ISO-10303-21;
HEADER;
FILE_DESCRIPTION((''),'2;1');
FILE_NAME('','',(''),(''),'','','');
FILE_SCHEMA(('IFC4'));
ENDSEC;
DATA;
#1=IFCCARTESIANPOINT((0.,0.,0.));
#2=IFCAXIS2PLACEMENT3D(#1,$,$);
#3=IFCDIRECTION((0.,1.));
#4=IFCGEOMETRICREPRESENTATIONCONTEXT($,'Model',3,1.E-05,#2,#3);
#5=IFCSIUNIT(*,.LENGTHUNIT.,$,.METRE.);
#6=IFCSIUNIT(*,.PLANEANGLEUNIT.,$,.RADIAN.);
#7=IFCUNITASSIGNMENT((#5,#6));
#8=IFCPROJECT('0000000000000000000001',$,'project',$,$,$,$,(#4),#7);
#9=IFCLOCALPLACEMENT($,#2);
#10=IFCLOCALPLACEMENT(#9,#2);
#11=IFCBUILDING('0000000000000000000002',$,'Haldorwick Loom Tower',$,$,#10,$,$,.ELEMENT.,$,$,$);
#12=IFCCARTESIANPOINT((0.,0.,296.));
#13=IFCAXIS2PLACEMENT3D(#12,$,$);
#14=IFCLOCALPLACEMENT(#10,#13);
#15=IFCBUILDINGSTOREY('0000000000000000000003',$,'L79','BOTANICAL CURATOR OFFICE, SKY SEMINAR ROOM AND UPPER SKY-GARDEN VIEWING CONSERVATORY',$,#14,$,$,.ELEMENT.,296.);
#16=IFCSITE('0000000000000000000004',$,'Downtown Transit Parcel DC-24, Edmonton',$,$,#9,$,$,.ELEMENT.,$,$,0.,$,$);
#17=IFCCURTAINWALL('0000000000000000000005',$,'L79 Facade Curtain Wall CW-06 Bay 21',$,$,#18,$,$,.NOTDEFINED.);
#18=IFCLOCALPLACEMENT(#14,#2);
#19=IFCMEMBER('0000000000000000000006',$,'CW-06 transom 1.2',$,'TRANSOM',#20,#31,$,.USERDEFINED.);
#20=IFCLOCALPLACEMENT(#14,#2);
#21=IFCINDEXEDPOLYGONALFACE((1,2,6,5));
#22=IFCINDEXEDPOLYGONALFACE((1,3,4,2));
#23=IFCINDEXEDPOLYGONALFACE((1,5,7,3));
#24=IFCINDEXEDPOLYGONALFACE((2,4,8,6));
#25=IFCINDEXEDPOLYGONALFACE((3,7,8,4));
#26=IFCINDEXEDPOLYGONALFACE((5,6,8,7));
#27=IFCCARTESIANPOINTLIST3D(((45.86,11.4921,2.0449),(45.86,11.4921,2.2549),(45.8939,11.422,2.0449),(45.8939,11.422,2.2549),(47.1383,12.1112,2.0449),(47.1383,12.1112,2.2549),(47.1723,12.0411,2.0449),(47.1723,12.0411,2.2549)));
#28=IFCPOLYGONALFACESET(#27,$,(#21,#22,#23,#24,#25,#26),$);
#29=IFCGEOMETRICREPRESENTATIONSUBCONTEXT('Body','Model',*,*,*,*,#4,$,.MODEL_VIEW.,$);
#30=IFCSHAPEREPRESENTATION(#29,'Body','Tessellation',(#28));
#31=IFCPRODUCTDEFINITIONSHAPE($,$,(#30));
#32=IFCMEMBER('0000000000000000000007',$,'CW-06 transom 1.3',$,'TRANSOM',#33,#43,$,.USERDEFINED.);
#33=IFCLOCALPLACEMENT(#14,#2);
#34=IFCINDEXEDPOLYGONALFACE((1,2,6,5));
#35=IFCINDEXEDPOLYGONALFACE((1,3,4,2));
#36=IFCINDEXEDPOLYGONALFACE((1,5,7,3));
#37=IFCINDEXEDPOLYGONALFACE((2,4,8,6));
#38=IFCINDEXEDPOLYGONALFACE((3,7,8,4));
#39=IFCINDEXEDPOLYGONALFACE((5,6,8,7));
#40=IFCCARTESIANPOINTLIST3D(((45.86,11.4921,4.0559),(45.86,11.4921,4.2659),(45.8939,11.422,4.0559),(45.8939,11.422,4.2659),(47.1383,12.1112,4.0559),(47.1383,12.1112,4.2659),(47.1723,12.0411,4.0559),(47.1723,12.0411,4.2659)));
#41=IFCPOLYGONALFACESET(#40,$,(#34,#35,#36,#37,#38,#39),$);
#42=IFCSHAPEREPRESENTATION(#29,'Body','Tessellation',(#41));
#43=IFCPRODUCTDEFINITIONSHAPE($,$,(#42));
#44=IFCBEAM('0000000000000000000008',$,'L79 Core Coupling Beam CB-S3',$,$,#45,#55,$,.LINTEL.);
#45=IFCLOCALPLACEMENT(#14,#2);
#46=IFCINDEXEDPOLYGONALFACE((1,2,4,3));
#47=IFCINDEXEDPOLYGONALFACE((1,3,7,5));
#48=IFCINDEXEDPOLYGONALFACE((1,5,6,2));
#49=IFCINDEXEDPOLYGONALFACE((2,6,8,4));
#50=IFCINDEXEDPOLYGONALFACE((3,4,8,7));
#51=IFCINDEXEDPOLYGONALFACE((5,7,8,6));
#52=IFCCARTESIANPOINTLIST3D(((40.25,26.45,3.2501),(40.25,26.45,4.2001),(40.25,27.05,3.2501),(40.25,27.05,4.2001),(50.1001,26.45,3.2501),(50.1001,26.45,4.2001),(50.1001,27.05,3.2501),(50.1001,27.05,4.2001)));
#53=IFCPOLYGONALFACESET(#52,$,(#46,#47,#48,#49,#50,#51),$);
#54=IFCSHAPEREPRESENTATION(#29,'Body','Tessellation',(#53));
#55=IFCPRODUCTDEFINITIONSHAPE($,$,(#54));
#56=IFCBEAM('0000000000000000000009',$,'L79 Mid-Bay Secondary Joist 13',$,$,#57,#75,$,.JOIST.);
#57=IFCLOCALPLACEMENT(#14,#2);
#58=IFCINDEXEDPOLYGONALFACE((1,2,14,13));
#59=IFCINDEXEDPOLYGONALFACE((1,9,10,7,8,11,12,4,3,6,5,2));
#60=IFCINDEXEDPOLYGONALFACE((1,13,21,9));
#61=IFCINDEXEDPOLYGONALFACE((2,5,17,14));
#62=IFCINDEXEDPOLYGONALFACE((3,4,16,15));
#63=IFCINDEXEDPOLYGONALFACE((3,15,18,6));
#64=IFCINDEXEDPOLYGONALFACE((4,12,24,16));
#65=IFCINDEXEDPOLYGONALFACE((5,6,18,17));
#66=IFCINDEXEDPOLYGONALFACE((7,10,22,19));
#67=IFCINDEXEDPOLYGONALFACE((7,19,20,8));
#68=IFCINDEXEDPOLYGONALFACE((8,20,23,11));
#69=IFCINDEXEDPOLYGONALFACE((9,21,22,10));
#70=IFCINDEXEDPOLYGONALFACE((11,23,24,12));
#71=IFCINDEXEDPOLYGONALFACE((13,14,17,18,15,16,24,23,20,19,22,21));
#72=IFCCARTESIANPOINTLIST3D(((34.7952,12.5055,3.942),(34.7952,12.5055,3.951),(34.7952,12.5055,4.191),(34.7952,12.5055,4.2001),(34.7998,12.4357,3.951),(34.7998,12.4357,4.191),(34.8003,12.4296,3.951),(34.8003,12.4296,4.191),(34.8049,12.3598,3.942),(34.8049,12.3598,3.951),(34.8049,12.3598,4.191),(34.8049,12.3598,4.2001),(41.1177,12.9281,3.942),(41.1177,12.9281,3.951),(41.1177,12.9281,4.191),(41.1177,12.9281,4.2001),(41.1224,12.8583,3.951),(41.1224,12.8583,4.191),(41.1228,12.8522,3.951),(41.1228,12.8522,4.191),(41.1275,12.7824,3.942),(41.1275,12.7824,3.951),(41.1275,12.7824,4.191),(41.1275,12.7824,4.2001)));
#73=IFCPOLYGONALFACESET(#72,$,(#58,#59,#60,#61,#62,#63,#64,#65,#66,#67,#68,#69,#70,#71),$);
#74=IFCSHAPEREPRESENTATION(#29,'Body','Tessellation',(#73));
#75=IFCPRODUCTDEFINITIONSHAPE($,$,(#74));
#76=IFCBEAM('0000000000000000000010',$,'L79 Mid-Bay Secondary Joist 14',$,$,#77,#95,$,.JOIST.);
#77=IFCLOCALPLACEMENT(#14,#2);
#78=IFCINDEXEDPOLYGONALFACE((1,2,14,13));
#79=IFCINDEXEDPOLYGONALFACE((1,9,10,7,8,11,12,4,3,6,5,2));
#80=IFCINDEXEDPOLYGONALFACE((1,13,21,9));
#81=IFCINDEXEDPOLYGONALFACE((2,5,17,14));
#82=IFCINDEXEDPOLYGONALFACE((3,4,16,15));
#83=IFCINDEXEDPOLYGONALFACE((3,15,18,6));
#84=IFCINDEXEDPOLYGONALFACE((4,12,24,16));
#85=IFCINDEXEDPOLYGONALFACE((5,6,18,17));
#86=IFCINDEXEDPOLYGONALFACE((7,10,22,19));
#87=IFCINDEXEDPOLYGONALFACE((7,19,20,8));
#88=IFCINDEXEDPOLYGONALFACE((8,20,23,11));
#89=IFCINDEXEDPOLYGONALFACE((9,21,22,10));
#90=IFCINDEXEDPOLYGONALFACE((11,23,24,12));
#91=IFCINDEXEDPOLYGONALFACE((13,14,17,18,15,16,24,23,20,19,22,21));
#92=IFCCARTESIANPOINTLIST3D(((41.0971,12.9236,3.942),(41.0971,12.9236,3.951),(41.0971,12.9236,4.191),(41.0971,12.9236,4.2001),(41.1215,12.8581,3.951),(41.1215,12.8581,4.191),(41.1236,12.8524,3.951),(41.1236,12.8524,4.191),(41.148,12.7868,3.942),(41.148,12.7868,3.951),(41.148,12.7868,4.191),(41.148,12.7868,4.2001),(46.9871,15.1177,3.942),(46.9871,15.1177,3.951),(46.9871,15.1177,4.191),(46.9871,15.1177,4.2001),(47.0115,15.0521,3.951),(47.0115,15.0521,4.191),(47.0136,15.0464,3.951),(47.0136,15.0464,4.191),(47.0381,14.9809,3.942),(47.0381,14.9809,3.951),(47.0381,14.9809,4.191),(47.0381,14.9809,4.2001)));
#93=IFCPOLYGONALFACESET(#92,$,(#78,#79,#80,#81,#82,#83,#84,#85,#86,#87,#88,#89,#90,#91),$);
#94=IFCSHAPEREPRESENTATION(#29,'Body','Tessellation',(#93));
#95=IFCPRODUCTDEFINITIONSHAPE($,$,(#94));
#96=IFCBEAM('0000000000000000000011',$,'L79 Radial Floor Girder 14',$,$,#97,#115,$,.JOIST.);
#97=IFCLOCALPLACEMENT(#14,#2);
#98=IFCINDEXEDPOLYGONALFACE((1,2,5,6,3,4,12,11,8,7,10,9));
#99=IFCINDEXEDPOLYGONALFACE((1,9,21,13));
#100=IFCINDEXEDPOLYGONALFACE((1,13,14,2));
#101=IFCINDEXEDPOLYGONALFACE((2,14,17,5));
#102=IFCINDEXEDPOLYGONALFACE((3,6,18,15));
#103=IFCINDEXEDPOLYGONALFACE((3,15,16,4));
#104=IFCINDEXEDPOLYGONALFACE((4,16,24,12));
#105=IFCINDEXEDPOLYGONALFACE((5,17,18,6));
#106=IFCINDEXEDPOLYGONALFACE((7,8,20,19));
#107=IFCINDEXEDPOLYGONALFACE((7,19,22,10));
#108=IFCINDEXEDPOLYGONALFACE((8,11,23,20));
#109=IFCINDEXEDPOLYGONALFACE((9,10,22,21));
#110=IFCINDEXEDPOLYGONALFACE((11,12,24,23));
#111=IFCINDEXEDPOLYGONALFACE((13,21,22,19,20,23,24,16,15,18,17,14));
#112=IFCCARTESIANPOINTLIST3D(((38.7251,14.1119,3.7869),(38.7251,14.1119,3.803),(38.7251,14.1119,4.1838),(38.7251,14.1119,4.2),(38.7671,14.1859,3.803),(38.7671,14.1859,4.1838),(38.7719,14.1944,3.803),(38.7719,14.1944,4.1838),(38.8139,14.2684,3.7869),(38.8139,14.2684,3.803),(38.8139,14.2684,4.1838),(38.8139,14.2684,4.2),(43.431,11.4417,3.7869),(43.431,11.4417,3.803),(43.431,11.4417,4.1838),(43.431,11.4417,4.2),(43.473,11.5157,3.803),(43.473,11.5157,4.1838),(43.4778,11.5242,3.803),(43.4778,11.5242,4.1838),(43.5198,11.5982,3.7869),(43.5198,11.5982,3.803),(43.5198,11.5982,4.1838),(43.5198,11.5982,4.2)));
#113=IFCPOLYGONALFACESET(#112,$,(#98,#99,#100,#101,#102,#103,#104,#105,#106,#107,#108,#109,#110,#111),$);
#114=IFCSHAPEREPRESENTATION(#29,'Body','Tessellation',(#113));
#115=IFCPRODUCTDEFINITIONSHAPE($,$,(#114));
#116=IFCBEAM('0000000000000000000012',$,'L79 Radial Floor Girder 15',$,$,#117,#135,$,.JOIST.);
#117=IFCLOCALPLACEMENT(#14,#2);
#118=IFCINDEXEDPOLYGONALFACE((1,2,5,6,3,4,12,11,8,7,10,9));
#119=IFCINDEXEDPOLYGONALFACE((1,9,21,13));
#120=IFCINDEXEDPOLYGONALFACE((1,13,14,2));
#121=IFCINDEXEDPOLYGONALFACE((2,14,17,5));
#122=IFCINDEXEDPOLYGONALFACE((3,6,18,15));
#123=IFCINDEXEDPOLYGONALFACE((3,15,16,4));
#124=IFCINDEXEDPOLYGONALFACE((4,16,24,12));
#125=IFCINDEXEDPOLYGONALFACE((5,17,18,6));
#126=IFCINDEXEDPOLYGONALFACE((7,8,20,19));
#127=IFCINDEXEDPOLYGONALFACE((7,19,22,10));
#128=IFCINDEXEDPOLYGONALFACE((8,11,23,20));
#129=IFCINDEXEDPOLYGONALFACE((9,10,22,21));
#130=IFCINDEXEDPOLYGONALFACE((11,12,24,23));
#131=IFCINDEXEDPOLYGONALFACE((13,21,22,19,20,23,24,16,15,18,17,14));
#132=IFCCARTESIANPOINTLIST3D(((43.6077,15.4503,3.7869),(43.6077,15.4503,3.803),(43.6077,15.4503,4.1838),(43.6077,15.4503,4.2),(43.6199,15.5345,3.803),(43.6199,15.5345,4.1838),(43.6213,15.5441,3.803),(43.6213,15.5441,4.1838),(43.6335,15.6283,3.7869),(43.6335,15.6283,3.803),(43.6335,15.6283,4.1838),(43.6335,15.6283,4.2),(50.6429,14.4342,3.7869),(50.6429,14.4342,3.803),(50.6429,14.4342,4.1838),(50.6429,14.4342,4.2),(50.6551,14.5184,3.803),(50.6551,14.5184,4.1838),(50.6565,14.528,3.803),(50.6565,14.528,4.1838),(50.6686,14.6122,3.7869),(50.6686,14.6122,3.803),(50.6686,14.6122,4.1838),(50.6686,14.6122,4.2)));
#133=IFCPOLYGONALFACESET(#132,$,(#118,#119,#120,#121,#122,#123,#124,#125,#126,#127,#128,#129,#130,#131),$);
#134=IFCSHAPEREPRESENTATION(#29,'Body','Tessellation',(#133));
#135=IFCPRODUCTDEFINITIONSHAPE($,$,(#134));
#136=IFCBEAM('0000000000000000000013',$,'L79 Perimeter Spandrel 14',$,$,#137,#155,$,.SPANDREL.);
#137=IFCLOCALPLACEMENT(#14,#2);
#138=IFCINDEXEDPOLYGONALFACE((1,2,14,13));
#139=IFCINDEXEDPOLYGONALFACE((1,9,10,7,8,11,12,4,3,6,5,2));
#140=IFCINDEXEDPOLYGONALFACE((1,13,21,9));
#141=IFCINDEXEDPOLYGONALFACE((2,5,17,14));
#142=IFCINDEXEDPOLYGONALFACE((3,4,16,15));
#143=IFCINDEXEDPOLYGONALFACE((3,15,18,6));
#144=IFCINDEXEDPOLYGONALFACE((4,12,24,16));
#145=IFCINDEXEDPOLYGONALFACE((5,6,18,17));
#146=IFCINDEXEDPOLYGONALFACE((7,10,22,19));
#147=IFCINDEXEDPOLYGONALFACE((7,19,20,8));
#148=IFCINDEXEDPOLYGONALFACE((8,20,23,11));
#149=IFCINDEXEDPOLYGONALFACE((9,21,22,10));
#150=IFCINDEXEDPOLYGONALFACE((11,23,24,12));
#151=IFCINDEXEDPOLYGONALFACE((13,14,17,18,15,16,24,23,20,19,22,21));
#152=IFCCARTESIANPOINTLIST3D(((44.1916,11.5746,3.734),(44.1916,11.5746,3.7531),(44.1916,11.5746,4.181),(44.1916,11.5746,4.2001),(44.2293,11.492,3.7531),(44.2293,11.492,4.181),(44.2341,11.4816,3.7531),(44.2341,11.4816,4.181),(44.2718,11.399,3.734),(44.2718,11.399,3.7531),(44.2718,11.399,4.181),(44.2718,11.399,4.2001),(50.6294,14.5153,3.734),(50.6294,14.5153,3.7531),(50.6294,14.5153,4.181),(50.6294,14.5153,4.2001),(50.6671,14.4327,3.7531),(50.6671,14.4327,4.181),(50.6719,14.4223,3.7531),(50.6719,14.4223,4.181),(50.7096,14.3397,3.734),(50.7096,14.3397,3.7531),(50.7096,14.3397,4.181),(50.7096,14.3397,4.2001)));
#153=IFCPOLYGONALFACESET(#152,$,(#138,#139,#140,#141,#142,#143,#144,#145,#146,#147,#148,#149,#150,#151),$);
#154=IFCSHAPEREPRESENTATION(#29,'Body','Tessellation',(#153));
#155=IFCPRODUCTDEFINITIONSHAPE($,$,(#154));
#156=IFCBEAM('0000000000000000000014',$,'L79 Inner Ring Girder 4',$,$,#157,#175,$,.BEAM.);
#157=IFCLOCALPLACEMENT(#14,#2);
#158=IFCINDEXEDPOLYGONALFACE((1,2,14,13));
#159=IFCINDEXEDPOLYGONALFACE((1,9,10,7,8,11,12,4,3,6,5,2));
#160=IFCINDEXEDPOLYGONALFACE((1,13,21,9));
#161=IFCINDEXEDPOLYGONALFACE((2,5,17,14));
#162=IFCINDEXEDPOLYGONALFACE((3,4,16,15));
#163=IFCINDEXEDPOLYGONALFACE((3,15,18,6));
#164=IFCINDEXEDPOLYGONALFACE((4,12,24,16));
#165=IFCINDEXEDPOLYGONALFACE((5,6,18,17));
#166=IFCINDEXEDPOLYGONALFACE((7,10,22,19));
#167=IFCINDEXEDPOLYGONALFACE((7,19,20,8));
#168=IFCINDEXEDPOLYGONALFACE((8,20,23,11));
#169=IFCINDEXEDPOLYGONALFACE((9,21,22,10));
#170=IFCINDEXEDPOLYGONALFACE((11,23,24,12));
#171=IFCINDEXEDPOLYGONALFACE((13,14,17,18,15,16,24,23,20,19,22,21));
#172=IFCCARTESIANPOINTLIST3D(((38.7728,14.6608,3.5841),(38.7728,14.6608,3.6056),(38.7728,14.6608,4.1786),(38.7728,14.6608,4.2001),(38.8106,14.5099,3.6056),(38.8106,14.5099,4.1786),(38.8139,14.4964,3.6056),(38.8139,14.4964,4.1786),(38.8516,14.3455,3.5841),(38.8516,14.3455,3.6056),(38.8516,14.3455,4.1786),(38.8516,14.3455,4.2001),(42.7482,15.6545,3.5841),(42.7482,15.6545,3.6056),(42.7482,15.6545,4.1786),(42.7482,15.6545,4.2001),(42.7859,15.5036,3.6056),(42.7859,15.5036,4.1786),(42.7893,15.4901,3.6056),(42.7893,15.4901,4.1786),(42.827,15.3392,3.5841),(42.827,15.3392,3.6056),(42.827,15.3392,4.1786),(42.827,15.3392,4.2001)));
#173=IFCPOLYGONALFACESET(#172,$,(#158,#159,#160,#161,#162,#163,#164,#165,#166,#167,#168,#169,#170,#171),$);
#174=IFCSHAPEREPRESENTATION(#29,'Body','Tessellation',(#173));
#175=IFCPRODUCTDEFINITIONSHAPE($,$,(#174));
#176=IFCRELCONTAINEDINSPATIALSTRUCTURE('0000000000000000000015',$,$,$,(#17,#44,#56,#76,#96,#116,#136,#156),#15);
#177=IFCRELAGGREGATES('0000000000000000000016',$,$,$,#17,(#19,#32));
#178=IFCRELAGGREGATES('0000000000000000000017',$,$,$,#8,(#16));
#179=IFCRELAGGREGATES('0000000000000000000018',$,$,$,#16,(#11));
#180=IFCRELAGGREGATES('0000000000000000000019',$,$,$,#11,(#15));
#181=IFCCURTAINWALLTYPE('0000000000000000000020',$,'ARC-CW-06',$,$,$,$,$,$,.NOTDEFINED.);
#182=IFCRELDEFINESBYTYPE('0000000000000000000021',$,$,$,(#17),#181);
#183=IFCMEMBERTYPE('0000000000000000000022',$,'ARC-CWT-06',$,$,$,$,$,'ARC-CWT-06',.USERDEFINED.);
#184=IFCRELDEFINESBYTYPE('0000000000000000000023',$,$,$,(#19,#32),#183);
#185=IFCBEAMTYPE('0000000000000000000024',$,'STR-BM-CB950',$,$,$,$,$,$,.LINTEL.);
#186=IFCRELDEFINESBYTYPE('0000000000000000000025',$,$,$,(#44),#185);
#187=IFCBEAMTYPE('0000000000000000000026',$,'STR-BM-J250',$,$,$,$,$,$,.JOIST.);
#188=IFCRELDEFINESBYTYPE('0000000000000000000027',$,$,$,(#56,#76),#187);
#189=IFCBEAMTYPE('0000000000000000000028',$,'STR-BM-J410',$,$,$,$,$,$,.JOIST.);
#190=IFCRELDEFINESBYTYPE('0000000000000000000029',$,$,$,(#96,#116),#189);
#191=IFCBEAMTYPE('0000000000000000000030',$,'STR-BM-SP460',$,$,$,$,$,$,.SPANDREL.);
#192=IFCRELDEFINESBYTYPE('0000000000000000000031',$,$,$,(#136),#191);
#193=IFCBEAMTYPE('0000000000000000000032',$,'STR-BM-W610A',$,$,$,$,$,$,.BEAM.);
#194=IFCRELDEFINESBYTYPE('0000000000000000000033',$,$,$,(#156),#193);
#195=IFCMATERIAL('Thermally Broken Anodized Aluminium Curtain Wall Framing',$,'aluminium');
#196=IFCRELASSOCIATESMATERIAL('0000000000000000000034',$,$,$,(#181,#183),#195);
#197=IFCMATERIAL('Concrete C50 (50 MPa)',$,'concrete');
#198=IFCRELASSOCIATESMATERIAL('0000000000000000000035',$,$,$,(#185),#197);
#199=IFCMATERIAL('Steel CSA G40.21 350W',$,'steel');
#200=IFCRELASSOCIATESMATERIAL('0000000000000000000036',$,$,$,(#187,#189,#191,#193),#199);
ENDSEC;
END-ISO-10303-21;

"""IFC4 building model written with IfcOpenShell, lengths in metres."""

from ifc_helpers import new_model, si_unit, direction, frame, origin, origin_2d, place, context, subcontext, project, spatial, rectangle, i_section, extrude, material, material_profile, profile_set, type_object, element, aggregate, save


model = new_model("IFC4")

# Units and contexts
model_context = context("Model", 3, precision=1e-05, world=origin(), true_north=direction((0.0, 1.0)))
body_context = subcontext(model_context, "Body", "Model", "MODEL_VIEW")
ifc_project = project(units=[si_unit("LENGTHUNIT", "METRE"), si_unit("PLANEANGLEUNIT", "RADIAN")], contexts=[model_context])

# Site, building, storey
site_placement = place(None, origin())
site = spatial("IfcSite", under=ifc_project, at=site_placement, Name="Downtown Transit Parcel DC-24, Edmonton", CompositionType="ELEMENT", RefElevation=0.0)
building_placement = place(site_placement, origin())
building = spatial("IfcBuilding", under=site, at=building_placement, Name="Haldorwick Loom Tower", CompositionType="ELEMENT")
storey_placement = place(building_placement, frame((0.0, 0.0, 296.0)))
storey = spatial("IfcBuildingStorey", under=building, at=storey_placement, Name="L79", Description="BOTANICAL CURATOR OFFICE, SKY SEMINAR ROOM AND UPPER SKY-GARDEN VIEWING CONSERVATORY", CompositionType="ELEMENT", Elevation=296.0)

# Shared definitions
ifc_material_1 = material(Name="Concrete C50 (50 MPa)", Category="concrete")
ifc_material_2 = material(Name="Steel CSA G40.21 350W", Category="steel")

# Curtain wall, members
ifc_material_3 = material(Name="Thermally Broken Anodized Aluminium Curtain Wall Framing", Category="aluminium")
curtain_wall_type = type_object("IfcCurtainWallType", Name="ARC-CW-06", PredefinedType="NOTDEFINED", material=ifc_material_3)
curtain_wall_placement = place(storey_placement, origin())
curtain_wall = element("IfcCurtainWall", 1, at=curtain_wall_placement, inside=storey, type_object=curtain_wall_type, Name="L79 Facade Curtain Wall CW-06 Bay 21", PredefinedType="NOTDEFINED")
ifc_material_profile_1 = material_profile(ifc_material_3, rectangle(XDim=0.0779, YDim=0.21, at=origin_2d()), Name="ALU_TRN_78X210", Category="aluminium")
ifc_profile_set_1 = profile_set([ifc_material_profile_1], Name="Thermally Broken Anodized Aluminium Curtain Wall Framing")
member_type = type_object("IfcMemberType", Name="ARC-CWT-06", ElementType="ARC-CWT-06", PredefinedType="USERDEFINED", material=ifc_profile_set_1)
member_1_placement = place(storey_placement, frame((45.877, 11.457, 2.1499), z_axis=(0.899994, 0.435902, 0.0), x_axis=(-0.435902, 0.899994, 0.0)))
member_1 = element("IfcMember", 2, at=member_1_placement, type_object=member_type, Name="CW-06 transom 1.2", ObjectType="TRANSOM", PredefinedType="USERDEFINED", context=body_context, shape_type="SweptSolid", body=[
    extrude(rectangle(XDim=0.0779, YDim=0.21, at=origin_2d()), origin(), (0.0, 0.0, 1.0), 1.4204),
])
member_2_placement = place(storey_placement, frame((45.877, 11.457, 4.1609), z_axis=(0.899994, 0.435902, 0.0), x_axis=(-0.435902, 0.899994, 0.0)))
member_2 = element("IfcMember", 3, at=member_2_placement, type_object=member_type, Name="CW-06 transom 1.3", ObjectType="TRANSOM", PredefinedType="USERDEFINED", context=body_context, shape_type="SweptSolid", body=[
    extrude(rectangle(XDim=0.0779, YDim=0.21, at=origin_2d()), origin(), (0.0, 0.0, 1.0), 1.4204),
])

# Beams
ifc_material_profile_2 = material_profile(ifc_material_1, rectangle(XDim=0.6001, YDim=0.95, at=origin_2d()), Name="RC600X950", Category="concrete")
ifc_profile_set_2 = profile_set([ifc_material_profile_2], Name="Concrete C50 (50 MPa)")
beam_type_1 = type_object("IfcBeamType", Name="STR-BM-CB950", PredefinedType="LINTEL", material=ifc_profile_set_2)
beam_1_placement = place(storey_placement, frame((40.25, 26.75, 3.7251), z_axis=(1.0, 0.0, 0.0), x_axis=(0.0, 1.0, 0.0)))
element("IfcBeam", 4, at=beam_1_placement, inside=storey, type_object=beam_type_1, Name="L79 Core Coupling Beam CB-S3", PredefinedType="LINTEL", context=body_context, shape_type="SweptSolid", body=[
    extrude(rectangle(XDim=0.6001, YDim=0.95, at=origin_2d()), origin(), (0.0, 0.0, 1.0), 9.8501),
])
ifc_material_profile_3 = material_profile(ifc_material_2, i_section(OverallWidth=0.146, OverallDepth=0.2581, WebThickness=0.0061, FlangeThickness=0.009, at=origin_2d()), Name="W250X33", Category="steel")
ifc_profile_set_3 = profile_set([ifc_material_profile_3], Name="Steel CSA G40.21 350W")
beam_type_2 = type_object("IfcBeamType", Name="STR-BM-J250", PredefinedType="JOIST", material=ifc_profile_set_3)
beam_2_placement = place(storey_placement, frame((34.8, 12.4326, 4.071), z_axis=(0.997774, 0.066693, 0.0), x_axis=(-0.066693, 0.997774, 0.0)))
element("IfcBeam", 5, at=beam_2_placement, inside=storey, type_object=beam_type_2, Name="L79 Mid-Bay Secondary Joist 13", PredefinedType="JOIST", context=body_context, shape_type="SweptSolid", body=[
    extrude(i_section(OverallWidth=0.146, OverallDepth=0.2581, WebThickness=0.0061, FlangeThickness=0.009, at=origin_2d()), origin(), (0.0, 0.0, 1.0), 6.3367),
])
beam_3_placement = place(storey_placement, frame((41.1226, 12.8552, 4.071), z_axis=(0.937096, 0.349071, 0.0), x_axis=(-0.349071, 0.937096, 0.0)))
element("IfcBeam", 6, at=beam_3_placement, inside=storey, type_object=beam_type_2, Name="L79 Mid-Bay Secondary Joist 14", PredefinedType="JOIST", context=body_context, shape_type="SweptSolid", body=[
    extrude(i_section(OverallWidth=0.146, OverallDepth=0.2581, WebThickness=0.0061, FlangeThickness=0.009, at=origin_2d()), origin(), (0.0, 0.0, 1.0), 6.2854),
])
ifc_material_profile_4 = material_profile(ifc_material_2, i_section(OverallWidth=0.1799, OverallDepth=0.4131, WebThickness=0.0098, FlangeThickness=0.0161, at=origin_2d()), Name="W410X74", Category="steel")
ifc_profile_set_4 = profile_set([ifc_material_profile_4], Name="Steel CSA G40.21 350W")
beam_type_3 = type_object("IfcBeamType", Name="STR-BM-J410", PredefinedType="JOIST", material=ifc_profile_set_4)
beam_4_placement = place(storey_placement, frame((38.7695, 14.1902, 3.9934), z_axis=(0.869741, -0.493508, 0.0), x_axis=(0.493508, 0.869741, 0.0)))
element("IfcBeam", 7, at=beam_4_placement, inside=storey, type_object=beam_type_3, Name="L79 Radial Floor Girder 14", PredefinedType="JOIST", context=body_context, shape_type="SweptSolid", body=[
    extrude(i_section(OverallWidth=0.1799, OverallDepth=0.4131, WebThickness=0.0098, FlangeThickness=0.0161, at=origin_2d()), origin(), (0.0, 0.0, 1.0), 5.4106),
])
beam_5_placement = place(storey_placement, frame((43.6206, 15.5393, 3.9934), z_axis=(0.98973, -0.14295, 0.0), x_axis=(0.14295, 0.98973, 0.0)))
element("IfcBeam", 8, at=beam_5_placement, inside=storey, type_object=beam_type_3, Name="L79 Radial Floor Girder 15", PredefinedType="JOIST", context=body_context, shape_type="SweptSolid", body=[
    extrude(i_section(OverallWidth=0.1799, OverallDepth=0.4131, WebThickness=0.0098, FlangeThickness=0.0161, at=origin_2d()), origin(), (0.0, 0.0, 1.0), 7.1082),
])
ifc_material_profile_5 = material_profile(ifc_material_2, i_section(OverallWidth=0.1931, OverallDepth=0.4661, WebThickness=0.0115, FlangeThickness=0.019, at=origin_2d()), Name="W460X97", Category="steel")
ifc_profile_set_5 = profile_set([ifc_material_profile_5], Name="Steel CSA G40.21 350W")
beam_type_4 = type_object("IfcBeamType", Name="STR-BM-SP460", PredefinedType="SPANDREL", material=ifc_profile_set_5)
beam_6_placement = place(storey_placement, frame((44.2317, 11.4868, 3.967), z_axis=(0.909597, 0.415492, 0.0), x_axis=(-0.415492, 0.909597, 0.0)))
element("IfcBeam", 9, at=beam_6_placement, inside=storey, type_object=beam_type_4, Name="L79 Perimeter Spandrel 14", PredefinedType="SPANDREL", context=body_context, shape_type="SweptSolid", body=[
    extrude(i_section(OverallWidth=0.1931, OverallDepth=0.4661, WebThickness=0.0115, FlangeThickness=0.019, at=origin_2d()), origin(), (0.0, 0.0, 1.0), 7.0776),
])
ifc_material_profile_6 = material_profile(ifc_material_2, i_section(OverallWidth=0.325, OverallDepth=0.616, WebThickness=0.0139, FlangeThickness=0.0215, at=origin_2d()), Name="W610X174", Category="steel")
ifc_profile_set_6 = profile_set([ifc_material_profile_6], Name="Steel CSA G40.21 350W")
beam_type_5 = type_object("IfcBeamType", Name="STR-BM-W610A", PredefinedType="BEAM", material=ifc_profile_set_6)
beam_7_placement = place(storey_placement, frame((42.7876, 15.4968, 3.8921), z_axis=(-0.970153, -0.242494, 0.0), x_axis=(0.242494, -0.970153, 0.0)))
element("IfcBeam", 10, at=beam_7_placement, inside=storey, type_object=beam_type_5, Name="L79 Inner Ring Girder 4", PredefinedType="BEAM", context=body_context, shape_type="SweptSolid", body=[
    extrude(i_section(OverallWidth=0.325, OverallDepth=0.616, WebThickness=0.0139, FlangeThickness=0.0215, at=origin_2d()), origin(), (0.0, 0.0, 1.0), 4.0977),
])

aggregate(curtain_wall, [member_1, member_2])

save(model, "model.ifc")
